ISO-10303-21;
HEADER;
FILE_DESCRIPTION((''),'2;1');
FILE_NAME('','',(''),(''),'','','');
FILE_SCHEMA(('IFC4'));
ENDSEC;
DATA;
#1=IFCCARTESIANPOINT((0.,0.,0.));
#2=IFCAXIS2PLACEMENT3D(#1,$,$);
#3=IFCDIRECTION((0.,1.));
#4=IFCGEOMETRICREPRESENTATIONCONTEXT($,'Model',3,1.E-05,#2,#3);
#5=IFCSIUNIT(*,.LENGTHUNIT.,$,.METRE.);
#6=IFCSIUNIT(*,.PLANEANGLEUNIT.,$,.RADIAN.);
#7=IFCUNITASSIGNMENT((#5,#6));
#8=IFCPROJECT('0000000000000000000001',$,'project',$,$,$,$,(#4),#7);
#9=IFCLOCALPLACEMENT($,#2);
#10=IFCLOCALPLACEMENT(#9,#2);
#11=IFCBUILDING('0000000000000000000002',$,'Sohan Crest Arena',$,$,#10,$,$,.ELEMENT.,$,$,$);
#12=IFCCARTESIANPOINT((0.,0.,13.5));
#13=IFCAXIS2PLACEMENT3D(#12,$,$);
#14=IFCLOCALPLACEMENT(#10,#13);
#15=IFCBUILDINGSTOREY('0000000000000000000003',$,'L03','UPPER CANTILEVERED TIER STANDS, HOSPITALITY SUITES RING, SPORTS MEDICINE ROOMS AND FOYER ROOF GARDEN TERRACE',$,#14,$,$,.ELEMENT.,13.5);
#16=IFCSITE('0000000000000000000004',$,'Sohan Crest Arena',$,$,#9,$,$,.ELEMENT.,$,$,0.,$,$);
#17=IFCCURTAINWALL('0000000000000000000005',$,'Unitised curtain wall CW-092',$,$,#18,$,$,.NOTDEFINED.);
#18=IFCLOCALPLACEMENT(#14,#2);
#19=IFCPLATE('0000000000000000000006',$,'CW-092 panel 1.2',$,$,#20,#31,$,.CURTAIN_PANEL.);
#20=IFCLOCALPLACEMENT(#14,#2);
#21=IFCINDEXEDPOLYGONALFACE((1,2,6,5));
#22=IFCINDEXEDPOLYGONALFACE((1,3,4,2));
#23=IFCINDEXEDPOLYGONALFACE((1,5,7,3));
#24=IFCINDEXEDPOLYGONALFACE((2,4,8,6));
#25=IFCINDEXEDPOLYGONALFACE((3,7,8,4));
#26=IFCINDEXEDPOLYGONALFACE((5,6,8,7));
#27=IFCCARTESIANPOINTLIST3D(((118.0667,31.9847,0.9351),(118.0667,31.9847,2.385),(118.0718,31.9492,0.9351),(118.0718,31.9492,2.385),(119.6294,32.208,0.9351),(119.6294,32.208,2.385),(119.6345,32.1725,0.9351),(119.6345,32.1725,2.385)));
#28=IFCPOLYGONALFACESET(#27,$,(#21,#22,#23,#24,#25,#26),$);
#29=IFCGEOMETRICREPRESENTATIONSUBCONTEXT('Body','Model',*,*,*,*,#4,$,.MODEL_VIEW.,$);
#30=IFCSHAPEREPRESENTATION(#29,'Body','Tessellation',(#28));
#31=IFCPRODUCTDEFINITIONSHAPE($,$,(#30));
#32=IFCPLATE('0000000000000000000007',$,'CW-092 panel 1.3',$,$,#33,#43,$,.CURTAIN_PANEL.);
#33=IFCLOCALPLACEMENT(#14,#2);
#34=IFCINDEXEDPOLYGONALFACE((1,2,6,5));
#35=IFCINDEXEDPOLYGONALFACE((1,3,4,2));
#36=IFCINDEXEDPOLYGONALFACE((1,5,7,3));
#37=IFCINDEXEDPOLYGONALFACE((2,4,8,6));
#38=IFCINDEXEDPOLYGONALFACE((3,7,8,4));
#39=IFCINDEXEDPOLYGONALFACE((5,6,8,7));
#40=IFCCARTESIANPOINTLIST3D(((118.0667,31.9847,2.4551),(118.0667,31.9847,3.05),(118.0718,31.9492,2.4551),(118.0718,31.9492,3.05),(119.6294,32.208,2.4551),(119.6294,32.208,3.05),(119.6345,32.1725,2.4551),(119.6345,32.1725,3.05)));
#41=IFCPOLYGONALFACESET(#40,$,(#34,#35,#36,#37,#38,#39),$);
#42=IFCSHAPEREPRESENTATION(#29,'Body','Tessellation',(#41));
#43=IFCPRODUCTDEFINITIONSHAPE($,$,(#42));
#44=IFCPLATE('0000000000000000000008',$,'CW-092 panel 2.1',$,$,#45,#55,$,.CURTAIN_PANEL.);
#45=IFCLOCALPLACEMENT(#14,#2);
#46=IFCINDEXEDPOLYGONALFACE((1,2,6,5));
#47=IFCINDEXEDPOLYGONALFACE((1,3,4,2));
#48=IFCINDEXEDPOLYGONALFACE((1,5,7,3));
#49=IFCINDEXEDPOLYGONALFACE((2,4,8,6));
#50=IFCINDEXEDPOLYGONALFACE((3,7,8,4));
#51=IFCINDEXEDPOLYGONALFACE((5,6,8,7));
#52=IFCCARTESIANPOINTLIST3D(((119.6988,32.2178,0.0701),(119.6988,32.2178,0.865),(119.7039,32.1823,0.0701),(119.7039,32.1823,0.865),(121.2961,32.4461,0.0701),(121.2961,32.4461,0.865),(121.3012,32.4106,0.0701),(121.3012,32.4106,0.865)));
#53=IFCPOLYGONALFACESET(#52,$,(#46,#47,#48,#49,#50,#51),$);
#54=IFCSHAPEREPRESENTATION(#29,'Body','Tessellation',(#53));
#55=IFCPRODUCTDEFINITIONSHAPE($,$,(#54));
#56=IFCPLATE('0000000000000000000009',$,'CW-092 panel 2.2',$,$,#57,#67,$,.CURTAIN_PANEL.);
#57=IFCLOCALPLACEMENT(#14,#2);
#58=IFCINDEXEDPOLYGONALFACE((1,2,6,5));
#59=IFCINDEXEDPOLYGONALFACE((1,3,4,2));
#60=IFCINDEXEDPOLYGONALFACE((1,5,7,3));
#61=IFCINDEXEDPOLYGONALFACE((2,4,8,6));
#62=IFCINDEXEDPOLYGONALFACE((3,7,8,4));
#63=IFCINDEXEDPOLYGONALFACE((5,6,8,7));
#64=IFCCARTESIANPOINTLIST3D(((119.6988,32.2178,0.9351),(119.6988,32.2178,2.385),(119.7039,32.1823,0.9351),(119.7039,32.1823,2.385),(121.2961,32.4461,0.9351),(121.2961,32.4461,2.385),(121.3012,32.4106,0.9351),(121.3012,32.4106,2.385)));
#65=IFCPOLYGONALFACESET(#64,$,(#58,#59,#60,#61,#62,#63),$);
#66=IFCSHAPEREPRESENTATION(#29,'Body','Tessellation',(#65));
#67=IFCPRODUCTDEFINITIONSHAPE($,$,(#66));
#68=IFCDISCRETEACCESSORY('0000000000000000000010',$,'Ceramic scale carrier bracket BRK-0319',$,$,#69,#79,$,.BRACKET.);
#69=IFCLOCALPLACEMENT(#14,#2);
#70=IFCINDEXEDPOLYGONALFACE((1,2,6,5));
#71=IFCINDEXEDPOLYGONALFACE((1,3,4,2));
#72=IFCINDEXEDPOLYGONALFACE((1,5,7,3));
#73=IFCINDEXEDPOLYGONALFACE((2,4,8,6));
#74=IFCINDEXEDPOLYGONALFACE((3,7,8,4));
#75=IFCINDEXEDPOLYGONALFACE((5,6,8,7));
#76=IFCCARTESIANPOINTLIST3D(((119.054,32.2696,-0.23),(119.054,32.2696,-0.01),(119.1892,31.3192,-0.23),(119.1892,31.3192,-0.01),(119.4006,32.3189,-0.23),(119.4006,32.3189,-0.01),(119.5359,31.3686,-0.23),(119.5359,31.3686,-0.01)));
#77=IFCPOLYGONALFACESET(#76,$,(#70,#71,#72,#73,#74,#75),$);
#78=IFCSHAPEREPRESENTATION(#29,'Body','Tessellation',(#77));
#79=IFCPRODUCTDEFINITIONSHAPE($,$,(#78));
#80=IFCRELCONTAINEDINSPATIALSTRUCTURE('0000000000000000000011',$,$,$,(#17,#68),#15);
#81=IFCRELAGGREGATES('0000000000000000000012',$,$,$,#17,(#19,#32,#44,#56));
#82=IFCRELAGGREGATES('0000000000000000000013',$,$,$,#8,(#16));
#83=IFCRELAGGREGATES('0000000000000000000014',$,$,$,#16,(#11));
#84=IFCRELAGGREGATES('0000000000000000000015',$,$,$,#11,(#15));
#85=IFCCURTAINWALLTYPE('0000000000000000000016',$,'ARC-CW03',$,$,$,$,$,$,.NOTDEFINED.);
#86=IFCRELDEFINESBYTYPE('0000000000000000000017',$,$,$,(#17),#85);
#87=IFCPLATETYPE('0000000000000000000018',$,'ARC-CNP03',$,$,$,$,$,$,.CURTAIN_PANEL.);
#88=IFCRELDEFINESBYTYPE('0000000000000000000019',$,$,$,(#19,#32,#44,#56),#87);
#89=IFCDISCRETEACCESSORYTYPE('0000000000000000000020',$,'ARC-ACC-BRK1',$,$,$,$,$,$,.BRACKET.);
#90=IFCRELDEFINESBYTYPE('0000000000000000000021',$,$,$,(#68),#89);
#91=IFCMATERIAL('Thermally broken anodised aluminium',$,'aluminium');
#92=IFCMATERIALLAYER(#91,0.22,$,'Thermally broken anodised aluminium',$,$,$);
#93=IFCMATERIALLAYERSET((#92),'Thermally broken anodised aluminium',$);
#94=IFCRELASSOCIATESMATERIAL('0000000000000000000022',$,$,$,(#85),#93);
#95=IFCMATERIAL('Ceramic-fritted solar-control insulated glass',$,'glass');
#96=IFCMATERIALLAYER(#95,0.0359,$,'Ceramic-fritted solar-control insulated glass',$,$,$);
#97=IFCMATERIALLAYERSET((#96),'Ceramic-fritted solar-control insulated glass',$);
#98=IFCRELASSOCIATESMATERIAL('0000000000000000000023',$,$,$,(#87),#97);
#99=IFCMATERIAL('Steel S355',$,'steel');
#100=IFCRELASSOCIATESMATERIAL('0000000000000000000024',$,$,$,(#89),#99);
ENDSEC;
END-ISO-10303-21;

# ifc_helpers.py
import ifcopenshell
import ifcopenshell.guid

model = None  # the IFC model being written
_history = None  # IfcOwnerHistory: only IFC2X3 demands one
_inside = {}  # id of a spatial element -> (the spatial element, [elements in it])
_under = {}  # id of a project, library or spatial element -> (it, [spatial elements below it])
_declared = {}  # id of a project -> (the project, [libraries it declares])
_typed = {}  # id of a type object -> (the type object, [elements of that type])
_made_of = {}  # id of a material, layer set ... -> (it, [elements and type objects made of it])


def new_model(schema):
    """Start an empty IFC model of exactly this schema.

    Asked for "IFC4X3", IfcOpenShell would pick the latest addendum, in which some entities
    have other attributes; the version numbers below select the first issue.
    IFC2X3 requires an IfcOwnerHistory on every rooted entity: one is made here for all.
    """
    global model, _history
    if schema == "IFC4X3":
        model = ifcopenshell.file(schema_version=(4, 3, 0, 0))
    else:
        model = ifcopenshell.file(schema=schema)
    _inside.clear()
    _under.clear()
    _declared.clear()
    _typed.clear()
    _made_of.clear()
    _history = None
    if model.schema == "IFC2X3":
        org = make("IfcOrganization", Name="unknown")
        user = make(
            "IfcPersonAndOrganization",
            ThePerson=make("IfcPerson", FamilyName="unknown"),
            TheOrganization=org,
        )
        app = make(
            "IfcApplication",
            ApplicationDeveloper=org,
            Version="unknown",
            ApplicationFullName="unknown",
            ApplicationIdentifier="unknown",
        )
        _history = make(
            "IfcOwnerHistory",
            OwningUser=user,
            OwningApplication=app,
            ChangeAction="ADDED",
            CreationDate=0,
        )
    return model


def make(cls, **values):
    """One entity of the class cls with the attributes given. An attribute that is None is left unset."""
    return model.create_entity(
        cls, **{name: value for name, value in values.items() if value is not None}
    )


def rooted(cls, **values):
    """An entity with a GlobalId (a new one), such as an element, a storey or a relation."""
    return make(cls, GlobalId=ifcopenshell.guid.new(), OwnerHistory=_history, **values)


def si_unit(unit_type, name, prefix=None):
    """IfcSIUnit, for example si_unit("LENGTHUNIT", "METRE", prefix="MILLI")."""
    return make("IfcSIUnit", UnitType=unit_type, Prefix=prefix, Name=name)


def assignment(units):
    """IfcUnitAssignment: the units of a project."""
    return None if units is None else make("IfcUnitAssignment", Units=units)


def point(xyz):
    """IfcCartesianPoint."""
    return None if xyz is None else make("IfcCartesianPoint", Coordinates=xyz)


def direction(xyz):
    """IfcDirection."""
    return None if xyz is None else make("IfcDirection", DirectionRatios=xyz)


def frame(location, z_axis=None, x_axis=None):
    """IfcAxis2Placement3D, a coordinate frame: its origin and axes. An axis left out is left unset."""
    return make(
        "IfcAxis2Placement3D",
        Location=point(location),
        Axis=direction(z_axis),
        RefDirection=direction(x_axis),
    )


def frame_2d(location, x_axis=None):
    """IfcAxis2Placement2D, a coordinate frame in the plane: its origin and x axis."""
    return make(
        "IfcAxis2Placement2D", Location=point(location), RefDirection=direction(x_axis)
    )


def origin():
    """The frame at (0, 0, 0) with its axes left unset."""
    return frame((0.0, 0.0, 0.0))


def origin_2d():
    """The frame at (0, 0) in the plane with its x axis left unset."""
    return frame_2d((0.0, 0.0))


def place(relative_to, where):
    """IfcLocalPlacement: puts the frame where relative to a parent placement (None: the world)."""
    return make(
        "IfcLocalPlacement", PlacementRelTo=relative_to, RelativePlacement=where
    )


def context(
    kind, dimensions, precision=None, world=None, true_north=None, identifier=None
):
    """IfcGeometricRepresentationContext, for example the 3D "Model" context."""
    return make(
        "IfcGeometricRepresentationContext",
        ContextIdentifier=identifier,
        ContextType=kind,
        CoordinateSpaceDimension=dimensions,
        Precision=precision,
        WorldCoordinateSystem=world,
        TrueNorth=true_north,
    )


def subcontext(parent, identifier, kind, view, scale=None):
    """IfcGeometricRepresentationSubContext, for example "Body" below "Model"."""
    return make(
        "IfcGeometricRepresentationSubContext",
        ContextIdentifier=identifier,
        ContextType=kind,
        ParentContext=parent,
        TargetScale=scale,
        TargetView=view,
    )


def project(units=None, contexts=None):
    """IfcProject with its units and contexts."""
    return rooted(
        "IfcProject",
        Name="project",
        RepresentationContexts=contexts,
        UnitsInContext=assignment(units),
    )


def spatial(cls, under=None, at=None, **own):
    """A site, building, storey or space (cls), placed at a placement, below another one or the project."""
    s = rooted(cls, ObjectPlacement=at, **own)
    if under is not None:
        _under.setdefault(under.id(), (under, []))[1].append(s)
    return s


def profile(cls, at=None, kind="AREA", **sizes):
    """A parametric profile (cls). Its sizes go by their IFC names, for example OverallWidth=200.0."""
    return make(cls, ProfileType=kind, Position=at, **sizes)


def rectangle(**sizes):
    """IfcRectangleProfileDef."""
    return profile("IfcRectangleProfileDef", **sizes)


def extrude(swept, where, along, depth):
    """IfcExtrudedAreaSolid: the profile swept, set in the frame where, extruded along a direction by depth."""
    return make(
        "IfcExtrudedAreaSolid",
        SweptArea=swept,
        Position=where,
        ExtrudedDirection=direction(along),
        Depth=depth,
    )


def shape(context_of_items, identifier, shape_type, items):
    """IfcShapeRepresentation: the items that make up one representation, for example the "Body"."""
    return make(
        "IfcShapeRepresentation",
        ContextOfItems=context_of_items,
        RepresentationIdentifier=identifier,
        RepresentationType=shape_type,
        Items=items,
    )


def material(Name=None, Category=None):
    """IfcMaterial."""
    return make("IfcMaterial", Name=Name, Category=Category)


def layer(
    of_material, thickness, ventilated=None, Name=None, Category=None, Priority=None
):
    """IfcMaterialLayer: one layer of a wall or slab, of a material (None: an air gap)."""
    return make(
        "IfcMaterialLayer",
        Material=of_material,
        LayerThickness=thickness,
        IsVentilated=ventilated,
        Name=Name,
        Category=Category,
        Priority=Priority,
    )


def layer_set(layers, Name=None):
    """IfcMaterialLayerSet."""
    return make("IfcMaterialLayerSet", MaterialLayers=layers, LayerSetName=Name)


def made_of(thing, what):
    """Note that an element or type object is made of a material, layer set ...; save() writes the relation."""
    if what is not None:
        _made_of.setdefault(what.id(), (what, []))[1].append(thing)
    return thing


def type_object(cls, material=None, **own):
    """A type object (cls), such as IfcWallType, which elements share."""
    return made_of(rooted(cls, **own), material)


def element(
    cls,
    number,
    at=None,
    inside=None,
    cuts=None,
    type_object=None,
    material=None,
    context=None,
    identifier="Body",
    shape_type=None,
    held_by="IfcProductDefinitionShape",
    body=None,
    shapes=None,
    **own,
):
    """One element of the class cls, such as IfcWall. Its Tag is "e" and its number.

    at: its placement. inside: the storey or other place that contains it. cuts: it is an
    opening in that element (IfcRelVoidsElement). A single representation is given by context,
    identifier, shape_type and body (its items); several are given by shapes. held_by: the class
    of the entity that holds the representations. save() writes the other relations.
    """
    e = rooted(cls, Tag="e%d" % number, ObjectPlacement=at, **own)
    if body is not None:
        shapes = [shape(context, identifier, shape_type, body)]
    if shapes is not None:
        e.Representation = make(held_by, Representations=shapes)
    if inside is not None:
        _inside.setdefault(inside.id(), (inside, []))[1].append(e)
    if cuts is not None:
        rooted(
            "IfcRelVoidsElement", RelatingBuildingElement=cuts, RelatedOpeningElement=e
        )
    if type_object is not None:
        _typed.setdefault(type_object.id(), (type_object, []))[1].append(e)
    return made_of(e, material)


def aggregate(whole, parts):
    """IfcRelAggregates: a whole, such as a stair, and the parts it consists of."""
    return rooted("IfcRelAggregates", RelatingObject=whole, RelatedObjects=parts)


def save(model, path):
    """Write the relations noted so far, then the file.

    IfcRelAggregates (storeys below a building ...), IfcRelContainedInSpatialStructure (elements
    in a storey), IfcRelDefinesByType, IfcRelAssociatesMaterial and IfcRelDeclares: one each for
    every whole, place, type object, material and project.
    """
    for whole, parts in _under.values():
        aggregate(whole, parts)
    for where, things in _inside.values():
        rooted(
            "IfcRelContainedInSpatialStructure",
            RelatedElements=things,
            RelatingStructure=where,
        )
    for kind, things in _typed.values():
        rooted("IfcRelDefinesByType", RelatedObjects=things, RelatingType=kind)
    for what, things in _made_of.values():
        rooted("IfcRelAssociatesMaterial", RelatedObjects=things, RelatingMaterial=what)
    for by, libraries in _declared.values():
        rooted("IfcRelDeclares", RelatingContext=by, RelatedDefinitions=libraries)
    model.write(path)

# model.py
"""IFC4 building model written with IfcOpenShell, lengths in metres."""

from ifc_helpers import new_model, si_unit, direction, frame, origin, origin_2d, place, context, subcontext, project, spatial, rectangle, extrude, material, layer, layer_set, type_object, element, aggregate, save


model = new_model("IFC4")

# Units and contexts
model_context = context("Model", 3, precision=1e-05, world=origin(), true_north=direction((0.0, 1.0)))
body_context = subcontext(model_context, "Body", "Model", "MODEL_VIEW")
ifc_project = project(units=[si_unit("LENGTHUNIT", "METRE"), si_unit("PLANEANGLEUNIT", "RADIAN")], contexts=[model_context])

# Site, building, storey
site_placement = place(None, origin())
site = spatial("IfcSite", under=ifc_project, at=site_placement, Name="Sohan Crest Arena", CompositionType="ELEMENT", RefElevation=0.0)
building_placement = place(site_placement, origin())
building = spatial("IfcBuilding", under=site, at=building_placement, Name="Sohan Crest Arena", CompositionType="ELEMENT")
storey_placement = place(building_placement, frame((0.0, 0.0, 13.5)))
storey = spatial("IfcBuildingStorey", under=building, at=storey_placement, Name="L03", Description="UPPER CANTILEVERED TIER STANDS, HOSPITALITY SUITES RING, SPORTS MEDICINE ROOMS AND FOYER ROOF GARDEN TERRACE", CompositionType="ELEMENT", Elevation=13.5)

# Shared definitions
ifc_material_1 = material(Name="Steel S355", Category="steel")

# Curtain wall
ifc_material_2 = material(Name="Thermally broken anodised aluminium", Category="aluminium")
ifc_layer_1 = layer(ifc_material_2, 0.22, Name="Thermally broken anodised aluminium")
ifc_layer_set_1 = layer_set([ifc_layer_1], Name="Thermally broken anodised aluminium")
curtain_wall_type_1 = type_object("IfcCurtainWallType", Name="ARC-CW03", PredefinedType="NOTDEFINED", material=ifc_layer_set_1)
curtain_wall_1_placement = place(storey_placement, origin())
curtain_wall_1 = element("IfcCurtainWall", 1, at=curtain_wall_1_placement, inside=storey, type_object=curtain_wall_type_1, Name="Unitised curtain wall CW-092", PredefinedType="NOTDEFINED")

# Plates
ifc_material_3 = material(Name="Ceramic-fritted solar-control insulated glass", Category="glass")
ifc_layer_2 = layer(ifc_material_3, 0.0359, Name="Ceramic-fritted solar-control insulated glass")
ifc_layer_set_2 = layer_set([ifc_layer_2], Name="Ceramic-fritted solar-control insulated glass")
plate_type_1 = type_object("IfcPlateType", Name="ARC-CNP03", PredefinedType="CURTAIN_PANEL", material=ifc_layer_set_2)
plate_1_placement = place(storey_placement, frame((118.8506, 32.0786, 0.9351), z_axis=(0.0, 0.0, 1.0), x_axis=(0.989944, 0.141463, 0.0)))
plate_1 = element("IfcPlate", 2, at=plate_1_placement, type_object=plate_type_1, Name="CW-092 panel 1.2", PredefinedType="CURTAIN_PANEL", context=body_context, shape_type="SweptSolid", body=[
    extrude(rectangle(XDim=1.5786, YDim=0.0359, at=origin_2d()), origin(), (0.0, 0.0, 1.0), 1.45),
])
plate_2_placement = place(storey_placement, frame((118.8506, 32.0786, 2.4551), z_axis=(0.0, 0.0, 1.0), x_axis=(0.989944, 0.141463, 0.0)))
plate_2 = element("IfcPlate", 3, at=plate_2_placement, type_object=plate_type_1, Name="CW-092 panel 1.3", PredefinedType="CURTAIN_PANEL", context=body_context, shape_type="SweptSolid", body=[
    extrude(rectangle(XDim=1.5786, YDim=0.0359, at=origin_2d()), origin(), (0.0, 0.0, 1.0), 0.595),
])
plate_3_placement = place(storey_placement, frame((120.5, 32.3142, 0.0701), z_axis=(0.0, 0.0, 1.0), x_axis=(0.989944, 0.141463, 0.0)))
plate_3 = element("IfcPlate", 4, at=plate_3_placement, type_object=plate_type_1, Name="CW-092 panel 2.1", PredefinedType="CURTAIN_PANEL", context=body_context, shape_type="SweptSolid", body=[
    extrude(rectangle(XDim=1.6135, YDim=0.0359, at=origin_2d()), origin(), (0.0, 0.0, 1.0), 0.7949),
])
plate_4_placement = place(storey_placement, frame((120.5, 32.3142, 0.9351), z_axis=(0.0, 0.0, 1.0), x_axis=(0.989944, 0.141463, 0.0)))
plate_4 = element("IfcPlate", 5, at=plate_4_placement, type_object=plate_type_1, Name="CW-092 panel 2.2", PredefinedType="CURTAIN_PANEL", context=body_context, shape_type="SweptSolid", body=[
    extrude(rectangle(XDim=1.6135, YDim=0.0359, at=origin_2d()), origin(), (0.0, 0.0, 1.0), 1.45),
])
aggregate(curtain_wall_1, [plate_1, plate_2, plate_3, plate_4])

# Discrete accessory
discrete_accessory_type = type_object("IfcDiscreteAccessoryType", Name="ARC-ACC-BRK1", PredefinedType="BRACKET", material=ifc_material_1)
discrete_accessory_placement = place(storey_placement, frame((119.2949, 31.8191, -0.23), z_axis=(0.0, 0.0, 1.0), x_axis=(0.990024, 0.140901, 0.0)))
element("IfcDiscreteAccessory", 6, at=discrete_accessory_placement, inside=storey, type_object=discrete_accessory_type, Name="Ceramic scale carrier bracket BRK-0319", PredefinedType="BRACKET", context=body_context, shape_type="SweptSolid", body=[
    extrude(rectangle(XDim=0.3501, YDim=0.96, at=origin_2d()), origin(), (0.0, 0.0, 1.0), 0.22),
])

save(model, "model.ifc")
